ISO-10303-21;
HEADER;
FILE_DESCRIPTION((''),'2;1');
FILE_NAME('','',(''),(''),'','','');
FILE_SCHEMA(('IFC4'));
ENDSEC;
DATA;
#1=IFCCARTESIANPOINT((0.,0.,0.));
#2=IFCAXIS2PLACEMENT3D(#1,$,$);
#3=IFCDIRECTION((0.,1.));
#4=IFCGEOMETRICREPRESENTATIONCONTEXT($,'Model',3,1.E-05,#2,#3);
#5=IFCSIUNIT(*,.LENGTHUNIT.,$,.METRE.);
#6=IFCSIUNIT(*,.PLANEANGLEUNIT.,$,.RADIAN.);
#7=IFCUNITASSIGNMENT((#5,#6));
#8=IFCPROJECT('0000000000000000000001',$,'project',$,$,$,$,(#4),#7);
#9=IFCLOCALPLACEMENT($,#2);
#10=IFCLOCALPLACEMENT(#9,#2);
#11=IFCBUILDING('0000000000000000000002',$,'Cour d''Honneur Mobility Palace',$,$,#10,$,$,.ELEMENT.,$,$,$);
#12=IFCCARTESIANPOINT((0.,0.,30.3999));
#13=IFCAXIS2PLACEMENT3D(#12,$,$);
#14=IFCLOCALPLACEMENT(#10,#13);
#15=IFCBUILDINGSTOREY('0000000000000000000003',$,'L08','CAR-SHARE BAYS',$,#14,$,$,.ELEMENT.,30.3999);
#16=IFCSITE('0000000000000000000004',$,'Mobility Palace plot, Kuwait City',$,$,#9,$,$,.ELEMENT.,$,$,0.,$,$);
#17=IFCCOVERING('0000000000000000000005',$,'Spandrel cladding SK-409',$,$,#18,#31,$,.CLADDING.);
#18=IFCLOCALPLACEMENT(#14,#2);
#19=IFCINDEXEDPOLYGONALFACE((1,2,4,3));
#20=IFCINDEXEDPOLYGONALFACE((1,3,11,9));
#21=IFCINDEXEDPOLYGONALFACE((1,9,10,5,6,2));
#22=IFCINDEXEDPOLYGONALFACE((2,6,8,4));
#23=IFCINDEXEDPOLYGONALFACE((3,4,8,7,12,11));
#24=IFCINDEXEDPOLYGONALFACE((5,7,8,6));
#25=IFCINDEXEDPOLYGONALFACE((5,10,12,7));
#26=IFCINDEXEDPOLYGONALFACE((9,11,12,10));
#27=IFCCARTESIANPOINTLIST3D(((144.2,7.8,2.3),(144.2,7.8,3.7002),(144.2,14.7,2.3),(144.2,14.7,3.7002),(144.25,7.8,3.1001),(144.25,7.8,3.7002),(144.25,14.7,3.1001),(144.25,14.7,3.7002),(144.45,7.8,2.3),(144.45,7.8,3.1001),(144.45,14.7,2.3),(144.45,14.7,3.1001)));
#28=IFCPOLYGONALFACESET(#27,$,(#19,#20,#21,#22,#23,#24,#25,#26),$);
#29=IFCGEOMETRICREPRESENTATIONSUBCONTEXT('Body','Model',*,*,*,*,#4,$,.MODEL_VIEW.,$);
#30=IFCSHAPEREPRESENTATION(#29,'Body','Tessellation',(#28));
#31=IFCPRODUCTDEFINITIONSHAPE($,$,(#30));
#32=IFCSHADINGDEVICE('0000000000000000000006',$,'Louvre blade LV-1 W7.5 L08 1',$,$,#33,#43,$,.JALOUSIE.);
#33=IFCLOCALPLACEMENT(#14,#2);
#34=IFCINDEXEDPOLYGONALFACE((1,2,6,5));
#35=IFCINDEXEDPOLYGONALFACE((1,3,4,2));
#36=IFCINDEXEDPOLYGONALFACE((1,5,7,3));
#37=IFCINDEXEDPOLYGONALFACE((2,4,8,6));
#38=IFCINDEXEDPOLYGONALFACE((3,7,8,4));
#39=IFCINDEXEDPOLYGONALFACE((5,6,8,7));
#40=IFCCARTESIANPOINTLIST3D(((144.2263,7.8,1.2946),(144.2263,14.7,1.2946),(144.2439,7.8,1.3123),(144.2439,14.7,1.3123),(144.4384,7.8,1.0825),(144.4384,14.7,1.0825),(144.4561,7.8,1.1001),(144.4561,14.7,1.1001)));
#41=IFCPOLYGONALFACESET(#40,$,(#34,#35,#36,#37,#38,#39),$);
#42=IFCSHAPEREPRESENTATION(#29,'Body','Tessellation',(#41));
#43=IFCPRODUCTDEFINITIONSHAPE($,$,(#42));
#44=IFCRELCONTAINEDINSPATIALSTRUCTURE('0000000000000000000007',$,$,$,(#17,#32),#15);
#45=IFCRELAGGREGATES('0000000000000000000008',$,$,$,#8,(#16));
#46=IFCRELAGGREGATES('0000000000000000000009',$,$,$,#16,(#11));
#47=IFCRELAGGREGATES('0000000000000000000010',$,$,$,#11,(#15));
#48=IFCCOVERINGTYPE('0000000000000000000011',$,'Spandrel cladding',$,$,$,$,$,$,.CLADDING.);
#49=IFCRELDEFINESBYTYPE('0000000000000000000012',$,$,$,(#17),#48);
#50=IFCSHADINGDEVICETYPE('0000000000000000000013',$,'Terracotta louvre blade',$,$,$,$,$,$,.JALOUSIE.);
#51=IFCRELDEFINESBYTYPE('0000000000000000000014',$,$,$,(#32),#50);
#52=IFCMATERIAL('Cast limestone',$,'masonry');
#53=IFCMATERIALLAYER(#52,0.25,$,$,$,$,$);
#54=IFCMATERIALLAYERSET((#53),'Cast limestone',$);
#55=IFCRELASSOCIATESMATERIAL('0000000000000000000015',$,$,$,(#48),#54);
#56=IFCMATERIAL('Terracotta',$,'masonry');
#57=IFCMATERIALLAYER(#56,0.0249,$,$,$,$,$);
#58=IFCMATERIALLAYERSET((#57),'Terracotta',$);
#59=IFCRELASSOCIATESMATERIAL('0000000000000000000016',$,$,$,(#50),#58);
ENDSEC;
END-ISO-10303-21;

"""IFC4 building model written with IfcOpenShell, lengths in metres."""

from ifc_helpers import new_model, si_unit, direction, frame, origin, place, context, subcontext, project, spatial, polyline, outline, extrude, material, layer, layer_set, type_object, element, save


model = new_model("IFC4")

# Units and contexts
model_context = context("Model", 3, precision=1e-05, world=origin(), true_north=direction((0.0, 1.0)))
body_context = subcontext(model_context, "Body", "Model", "MODEL_VIEW")
ifc_project = project(units=[si_unit("LENGTHUNIT", "METRE"), si_unit("PLANEANGLEUNIT", "RADIAN")], contexts=[model_context])

# Site, building, storey
site_placement = place(None, origin())
site = spatial("IfcSite", under=ifc_project, at=site_placement, Name="Mobility Palace plot, Kuwait City", CompositionType="ELEMENT", RefElevation=0.0)
building_placement = place(site_placement, origin())
building = spatial("IfcBuilding", under=site, at=building_placement, Name="Cour d'Honneur Mobility Palace", CompositionType="ELEMENT")
storey_placement = place(building_placement, frame((0.0, 0.0, 30.3999)))
storey = spatial("IfcBuildingStorey", under=building, at=storey_placement, Name="L08", Description="CAR-SHARE BAYS", CompositionType="ELEMENT", Elevation=30.3999)

# Covering
ifc_material_1 = material(Name="Cast limestone", Category="masonry")
ifc_layer_1 = layer(ifc_material_1, 0.25)
ifc_layer_set_1 = layer_set([ifc_layer_1], Name="Cast limestone")
covering_type_1 = type_object("IfcCoveringType", Name="Spandrel cladding", PredefinedType="CLADDING", material=ifc_layer_set_1)
for number, where, z_axis, x_axis, name in (
    (1, (144.45, 14.7, 2.3), (0.0, 1.0, 0.0), (-1.0, 0.0, 0.0), "Spandrel cladding SK-409"),
):
    element("IfcCovering", number, at=place(storey_placement, frame(where, z_axis=z_axis, x_axis=x_axis)), inside=storey, type_object=covering_type_1, Name=name, PredefinedType="CLADDING", context=body_context, shape_type="SweptSolid", body=[
        extrude(outline(polyline([(0.0, 0.0), (0.25, 0.0), (0.25, 1.4001), (0.2, 1.4001), (0.2, 0.8), (0.0, 0.8), (0.0, 0.0)])), origin(), (0.0, 0.0, -1.0), 6.8999),
    ])

# Shading device
ifc_material_2 = material(Name="Terracotta", Category="masonry")
ifc_layer_2 = layer(ifc_material_2, 0.0249)
ifc_layer_set_2 = layer_set([ifc_layer_2], Name="Terracotta")
shading_device_type = type_object("IfcShadingDeviceType", Name="Terracotta louvre blade", PredefinedType="JALOUSIE", material=ifc_layer_set_2)
shading_device_placement = place(storey_placement, frame((144.4561, 14.7, 1.1001), z_axis=(0.707107, 0.0, 0.707107), x_axis=(0.0, -1.0, 0.0)))
element("IfcShadingDevice", 2, at=shading_device_placement, inside=storey, type_object=shading_device_type, Name="Louvre blade LV-1 W7.5 L08 1", PredefinedType="JALOUSIE", context=body_context, shape_type="SweptSolid", body=[
    extrude(outline(polyline([(0.0, 0.0), (6.8999, 0.0), (6.8999, -0.3), (0.0, -0.3), (0.0, 0.0)])), origin(), (0.0, 0.0, -1.0), 0.0249),
])

save(model, "model.ifc")
